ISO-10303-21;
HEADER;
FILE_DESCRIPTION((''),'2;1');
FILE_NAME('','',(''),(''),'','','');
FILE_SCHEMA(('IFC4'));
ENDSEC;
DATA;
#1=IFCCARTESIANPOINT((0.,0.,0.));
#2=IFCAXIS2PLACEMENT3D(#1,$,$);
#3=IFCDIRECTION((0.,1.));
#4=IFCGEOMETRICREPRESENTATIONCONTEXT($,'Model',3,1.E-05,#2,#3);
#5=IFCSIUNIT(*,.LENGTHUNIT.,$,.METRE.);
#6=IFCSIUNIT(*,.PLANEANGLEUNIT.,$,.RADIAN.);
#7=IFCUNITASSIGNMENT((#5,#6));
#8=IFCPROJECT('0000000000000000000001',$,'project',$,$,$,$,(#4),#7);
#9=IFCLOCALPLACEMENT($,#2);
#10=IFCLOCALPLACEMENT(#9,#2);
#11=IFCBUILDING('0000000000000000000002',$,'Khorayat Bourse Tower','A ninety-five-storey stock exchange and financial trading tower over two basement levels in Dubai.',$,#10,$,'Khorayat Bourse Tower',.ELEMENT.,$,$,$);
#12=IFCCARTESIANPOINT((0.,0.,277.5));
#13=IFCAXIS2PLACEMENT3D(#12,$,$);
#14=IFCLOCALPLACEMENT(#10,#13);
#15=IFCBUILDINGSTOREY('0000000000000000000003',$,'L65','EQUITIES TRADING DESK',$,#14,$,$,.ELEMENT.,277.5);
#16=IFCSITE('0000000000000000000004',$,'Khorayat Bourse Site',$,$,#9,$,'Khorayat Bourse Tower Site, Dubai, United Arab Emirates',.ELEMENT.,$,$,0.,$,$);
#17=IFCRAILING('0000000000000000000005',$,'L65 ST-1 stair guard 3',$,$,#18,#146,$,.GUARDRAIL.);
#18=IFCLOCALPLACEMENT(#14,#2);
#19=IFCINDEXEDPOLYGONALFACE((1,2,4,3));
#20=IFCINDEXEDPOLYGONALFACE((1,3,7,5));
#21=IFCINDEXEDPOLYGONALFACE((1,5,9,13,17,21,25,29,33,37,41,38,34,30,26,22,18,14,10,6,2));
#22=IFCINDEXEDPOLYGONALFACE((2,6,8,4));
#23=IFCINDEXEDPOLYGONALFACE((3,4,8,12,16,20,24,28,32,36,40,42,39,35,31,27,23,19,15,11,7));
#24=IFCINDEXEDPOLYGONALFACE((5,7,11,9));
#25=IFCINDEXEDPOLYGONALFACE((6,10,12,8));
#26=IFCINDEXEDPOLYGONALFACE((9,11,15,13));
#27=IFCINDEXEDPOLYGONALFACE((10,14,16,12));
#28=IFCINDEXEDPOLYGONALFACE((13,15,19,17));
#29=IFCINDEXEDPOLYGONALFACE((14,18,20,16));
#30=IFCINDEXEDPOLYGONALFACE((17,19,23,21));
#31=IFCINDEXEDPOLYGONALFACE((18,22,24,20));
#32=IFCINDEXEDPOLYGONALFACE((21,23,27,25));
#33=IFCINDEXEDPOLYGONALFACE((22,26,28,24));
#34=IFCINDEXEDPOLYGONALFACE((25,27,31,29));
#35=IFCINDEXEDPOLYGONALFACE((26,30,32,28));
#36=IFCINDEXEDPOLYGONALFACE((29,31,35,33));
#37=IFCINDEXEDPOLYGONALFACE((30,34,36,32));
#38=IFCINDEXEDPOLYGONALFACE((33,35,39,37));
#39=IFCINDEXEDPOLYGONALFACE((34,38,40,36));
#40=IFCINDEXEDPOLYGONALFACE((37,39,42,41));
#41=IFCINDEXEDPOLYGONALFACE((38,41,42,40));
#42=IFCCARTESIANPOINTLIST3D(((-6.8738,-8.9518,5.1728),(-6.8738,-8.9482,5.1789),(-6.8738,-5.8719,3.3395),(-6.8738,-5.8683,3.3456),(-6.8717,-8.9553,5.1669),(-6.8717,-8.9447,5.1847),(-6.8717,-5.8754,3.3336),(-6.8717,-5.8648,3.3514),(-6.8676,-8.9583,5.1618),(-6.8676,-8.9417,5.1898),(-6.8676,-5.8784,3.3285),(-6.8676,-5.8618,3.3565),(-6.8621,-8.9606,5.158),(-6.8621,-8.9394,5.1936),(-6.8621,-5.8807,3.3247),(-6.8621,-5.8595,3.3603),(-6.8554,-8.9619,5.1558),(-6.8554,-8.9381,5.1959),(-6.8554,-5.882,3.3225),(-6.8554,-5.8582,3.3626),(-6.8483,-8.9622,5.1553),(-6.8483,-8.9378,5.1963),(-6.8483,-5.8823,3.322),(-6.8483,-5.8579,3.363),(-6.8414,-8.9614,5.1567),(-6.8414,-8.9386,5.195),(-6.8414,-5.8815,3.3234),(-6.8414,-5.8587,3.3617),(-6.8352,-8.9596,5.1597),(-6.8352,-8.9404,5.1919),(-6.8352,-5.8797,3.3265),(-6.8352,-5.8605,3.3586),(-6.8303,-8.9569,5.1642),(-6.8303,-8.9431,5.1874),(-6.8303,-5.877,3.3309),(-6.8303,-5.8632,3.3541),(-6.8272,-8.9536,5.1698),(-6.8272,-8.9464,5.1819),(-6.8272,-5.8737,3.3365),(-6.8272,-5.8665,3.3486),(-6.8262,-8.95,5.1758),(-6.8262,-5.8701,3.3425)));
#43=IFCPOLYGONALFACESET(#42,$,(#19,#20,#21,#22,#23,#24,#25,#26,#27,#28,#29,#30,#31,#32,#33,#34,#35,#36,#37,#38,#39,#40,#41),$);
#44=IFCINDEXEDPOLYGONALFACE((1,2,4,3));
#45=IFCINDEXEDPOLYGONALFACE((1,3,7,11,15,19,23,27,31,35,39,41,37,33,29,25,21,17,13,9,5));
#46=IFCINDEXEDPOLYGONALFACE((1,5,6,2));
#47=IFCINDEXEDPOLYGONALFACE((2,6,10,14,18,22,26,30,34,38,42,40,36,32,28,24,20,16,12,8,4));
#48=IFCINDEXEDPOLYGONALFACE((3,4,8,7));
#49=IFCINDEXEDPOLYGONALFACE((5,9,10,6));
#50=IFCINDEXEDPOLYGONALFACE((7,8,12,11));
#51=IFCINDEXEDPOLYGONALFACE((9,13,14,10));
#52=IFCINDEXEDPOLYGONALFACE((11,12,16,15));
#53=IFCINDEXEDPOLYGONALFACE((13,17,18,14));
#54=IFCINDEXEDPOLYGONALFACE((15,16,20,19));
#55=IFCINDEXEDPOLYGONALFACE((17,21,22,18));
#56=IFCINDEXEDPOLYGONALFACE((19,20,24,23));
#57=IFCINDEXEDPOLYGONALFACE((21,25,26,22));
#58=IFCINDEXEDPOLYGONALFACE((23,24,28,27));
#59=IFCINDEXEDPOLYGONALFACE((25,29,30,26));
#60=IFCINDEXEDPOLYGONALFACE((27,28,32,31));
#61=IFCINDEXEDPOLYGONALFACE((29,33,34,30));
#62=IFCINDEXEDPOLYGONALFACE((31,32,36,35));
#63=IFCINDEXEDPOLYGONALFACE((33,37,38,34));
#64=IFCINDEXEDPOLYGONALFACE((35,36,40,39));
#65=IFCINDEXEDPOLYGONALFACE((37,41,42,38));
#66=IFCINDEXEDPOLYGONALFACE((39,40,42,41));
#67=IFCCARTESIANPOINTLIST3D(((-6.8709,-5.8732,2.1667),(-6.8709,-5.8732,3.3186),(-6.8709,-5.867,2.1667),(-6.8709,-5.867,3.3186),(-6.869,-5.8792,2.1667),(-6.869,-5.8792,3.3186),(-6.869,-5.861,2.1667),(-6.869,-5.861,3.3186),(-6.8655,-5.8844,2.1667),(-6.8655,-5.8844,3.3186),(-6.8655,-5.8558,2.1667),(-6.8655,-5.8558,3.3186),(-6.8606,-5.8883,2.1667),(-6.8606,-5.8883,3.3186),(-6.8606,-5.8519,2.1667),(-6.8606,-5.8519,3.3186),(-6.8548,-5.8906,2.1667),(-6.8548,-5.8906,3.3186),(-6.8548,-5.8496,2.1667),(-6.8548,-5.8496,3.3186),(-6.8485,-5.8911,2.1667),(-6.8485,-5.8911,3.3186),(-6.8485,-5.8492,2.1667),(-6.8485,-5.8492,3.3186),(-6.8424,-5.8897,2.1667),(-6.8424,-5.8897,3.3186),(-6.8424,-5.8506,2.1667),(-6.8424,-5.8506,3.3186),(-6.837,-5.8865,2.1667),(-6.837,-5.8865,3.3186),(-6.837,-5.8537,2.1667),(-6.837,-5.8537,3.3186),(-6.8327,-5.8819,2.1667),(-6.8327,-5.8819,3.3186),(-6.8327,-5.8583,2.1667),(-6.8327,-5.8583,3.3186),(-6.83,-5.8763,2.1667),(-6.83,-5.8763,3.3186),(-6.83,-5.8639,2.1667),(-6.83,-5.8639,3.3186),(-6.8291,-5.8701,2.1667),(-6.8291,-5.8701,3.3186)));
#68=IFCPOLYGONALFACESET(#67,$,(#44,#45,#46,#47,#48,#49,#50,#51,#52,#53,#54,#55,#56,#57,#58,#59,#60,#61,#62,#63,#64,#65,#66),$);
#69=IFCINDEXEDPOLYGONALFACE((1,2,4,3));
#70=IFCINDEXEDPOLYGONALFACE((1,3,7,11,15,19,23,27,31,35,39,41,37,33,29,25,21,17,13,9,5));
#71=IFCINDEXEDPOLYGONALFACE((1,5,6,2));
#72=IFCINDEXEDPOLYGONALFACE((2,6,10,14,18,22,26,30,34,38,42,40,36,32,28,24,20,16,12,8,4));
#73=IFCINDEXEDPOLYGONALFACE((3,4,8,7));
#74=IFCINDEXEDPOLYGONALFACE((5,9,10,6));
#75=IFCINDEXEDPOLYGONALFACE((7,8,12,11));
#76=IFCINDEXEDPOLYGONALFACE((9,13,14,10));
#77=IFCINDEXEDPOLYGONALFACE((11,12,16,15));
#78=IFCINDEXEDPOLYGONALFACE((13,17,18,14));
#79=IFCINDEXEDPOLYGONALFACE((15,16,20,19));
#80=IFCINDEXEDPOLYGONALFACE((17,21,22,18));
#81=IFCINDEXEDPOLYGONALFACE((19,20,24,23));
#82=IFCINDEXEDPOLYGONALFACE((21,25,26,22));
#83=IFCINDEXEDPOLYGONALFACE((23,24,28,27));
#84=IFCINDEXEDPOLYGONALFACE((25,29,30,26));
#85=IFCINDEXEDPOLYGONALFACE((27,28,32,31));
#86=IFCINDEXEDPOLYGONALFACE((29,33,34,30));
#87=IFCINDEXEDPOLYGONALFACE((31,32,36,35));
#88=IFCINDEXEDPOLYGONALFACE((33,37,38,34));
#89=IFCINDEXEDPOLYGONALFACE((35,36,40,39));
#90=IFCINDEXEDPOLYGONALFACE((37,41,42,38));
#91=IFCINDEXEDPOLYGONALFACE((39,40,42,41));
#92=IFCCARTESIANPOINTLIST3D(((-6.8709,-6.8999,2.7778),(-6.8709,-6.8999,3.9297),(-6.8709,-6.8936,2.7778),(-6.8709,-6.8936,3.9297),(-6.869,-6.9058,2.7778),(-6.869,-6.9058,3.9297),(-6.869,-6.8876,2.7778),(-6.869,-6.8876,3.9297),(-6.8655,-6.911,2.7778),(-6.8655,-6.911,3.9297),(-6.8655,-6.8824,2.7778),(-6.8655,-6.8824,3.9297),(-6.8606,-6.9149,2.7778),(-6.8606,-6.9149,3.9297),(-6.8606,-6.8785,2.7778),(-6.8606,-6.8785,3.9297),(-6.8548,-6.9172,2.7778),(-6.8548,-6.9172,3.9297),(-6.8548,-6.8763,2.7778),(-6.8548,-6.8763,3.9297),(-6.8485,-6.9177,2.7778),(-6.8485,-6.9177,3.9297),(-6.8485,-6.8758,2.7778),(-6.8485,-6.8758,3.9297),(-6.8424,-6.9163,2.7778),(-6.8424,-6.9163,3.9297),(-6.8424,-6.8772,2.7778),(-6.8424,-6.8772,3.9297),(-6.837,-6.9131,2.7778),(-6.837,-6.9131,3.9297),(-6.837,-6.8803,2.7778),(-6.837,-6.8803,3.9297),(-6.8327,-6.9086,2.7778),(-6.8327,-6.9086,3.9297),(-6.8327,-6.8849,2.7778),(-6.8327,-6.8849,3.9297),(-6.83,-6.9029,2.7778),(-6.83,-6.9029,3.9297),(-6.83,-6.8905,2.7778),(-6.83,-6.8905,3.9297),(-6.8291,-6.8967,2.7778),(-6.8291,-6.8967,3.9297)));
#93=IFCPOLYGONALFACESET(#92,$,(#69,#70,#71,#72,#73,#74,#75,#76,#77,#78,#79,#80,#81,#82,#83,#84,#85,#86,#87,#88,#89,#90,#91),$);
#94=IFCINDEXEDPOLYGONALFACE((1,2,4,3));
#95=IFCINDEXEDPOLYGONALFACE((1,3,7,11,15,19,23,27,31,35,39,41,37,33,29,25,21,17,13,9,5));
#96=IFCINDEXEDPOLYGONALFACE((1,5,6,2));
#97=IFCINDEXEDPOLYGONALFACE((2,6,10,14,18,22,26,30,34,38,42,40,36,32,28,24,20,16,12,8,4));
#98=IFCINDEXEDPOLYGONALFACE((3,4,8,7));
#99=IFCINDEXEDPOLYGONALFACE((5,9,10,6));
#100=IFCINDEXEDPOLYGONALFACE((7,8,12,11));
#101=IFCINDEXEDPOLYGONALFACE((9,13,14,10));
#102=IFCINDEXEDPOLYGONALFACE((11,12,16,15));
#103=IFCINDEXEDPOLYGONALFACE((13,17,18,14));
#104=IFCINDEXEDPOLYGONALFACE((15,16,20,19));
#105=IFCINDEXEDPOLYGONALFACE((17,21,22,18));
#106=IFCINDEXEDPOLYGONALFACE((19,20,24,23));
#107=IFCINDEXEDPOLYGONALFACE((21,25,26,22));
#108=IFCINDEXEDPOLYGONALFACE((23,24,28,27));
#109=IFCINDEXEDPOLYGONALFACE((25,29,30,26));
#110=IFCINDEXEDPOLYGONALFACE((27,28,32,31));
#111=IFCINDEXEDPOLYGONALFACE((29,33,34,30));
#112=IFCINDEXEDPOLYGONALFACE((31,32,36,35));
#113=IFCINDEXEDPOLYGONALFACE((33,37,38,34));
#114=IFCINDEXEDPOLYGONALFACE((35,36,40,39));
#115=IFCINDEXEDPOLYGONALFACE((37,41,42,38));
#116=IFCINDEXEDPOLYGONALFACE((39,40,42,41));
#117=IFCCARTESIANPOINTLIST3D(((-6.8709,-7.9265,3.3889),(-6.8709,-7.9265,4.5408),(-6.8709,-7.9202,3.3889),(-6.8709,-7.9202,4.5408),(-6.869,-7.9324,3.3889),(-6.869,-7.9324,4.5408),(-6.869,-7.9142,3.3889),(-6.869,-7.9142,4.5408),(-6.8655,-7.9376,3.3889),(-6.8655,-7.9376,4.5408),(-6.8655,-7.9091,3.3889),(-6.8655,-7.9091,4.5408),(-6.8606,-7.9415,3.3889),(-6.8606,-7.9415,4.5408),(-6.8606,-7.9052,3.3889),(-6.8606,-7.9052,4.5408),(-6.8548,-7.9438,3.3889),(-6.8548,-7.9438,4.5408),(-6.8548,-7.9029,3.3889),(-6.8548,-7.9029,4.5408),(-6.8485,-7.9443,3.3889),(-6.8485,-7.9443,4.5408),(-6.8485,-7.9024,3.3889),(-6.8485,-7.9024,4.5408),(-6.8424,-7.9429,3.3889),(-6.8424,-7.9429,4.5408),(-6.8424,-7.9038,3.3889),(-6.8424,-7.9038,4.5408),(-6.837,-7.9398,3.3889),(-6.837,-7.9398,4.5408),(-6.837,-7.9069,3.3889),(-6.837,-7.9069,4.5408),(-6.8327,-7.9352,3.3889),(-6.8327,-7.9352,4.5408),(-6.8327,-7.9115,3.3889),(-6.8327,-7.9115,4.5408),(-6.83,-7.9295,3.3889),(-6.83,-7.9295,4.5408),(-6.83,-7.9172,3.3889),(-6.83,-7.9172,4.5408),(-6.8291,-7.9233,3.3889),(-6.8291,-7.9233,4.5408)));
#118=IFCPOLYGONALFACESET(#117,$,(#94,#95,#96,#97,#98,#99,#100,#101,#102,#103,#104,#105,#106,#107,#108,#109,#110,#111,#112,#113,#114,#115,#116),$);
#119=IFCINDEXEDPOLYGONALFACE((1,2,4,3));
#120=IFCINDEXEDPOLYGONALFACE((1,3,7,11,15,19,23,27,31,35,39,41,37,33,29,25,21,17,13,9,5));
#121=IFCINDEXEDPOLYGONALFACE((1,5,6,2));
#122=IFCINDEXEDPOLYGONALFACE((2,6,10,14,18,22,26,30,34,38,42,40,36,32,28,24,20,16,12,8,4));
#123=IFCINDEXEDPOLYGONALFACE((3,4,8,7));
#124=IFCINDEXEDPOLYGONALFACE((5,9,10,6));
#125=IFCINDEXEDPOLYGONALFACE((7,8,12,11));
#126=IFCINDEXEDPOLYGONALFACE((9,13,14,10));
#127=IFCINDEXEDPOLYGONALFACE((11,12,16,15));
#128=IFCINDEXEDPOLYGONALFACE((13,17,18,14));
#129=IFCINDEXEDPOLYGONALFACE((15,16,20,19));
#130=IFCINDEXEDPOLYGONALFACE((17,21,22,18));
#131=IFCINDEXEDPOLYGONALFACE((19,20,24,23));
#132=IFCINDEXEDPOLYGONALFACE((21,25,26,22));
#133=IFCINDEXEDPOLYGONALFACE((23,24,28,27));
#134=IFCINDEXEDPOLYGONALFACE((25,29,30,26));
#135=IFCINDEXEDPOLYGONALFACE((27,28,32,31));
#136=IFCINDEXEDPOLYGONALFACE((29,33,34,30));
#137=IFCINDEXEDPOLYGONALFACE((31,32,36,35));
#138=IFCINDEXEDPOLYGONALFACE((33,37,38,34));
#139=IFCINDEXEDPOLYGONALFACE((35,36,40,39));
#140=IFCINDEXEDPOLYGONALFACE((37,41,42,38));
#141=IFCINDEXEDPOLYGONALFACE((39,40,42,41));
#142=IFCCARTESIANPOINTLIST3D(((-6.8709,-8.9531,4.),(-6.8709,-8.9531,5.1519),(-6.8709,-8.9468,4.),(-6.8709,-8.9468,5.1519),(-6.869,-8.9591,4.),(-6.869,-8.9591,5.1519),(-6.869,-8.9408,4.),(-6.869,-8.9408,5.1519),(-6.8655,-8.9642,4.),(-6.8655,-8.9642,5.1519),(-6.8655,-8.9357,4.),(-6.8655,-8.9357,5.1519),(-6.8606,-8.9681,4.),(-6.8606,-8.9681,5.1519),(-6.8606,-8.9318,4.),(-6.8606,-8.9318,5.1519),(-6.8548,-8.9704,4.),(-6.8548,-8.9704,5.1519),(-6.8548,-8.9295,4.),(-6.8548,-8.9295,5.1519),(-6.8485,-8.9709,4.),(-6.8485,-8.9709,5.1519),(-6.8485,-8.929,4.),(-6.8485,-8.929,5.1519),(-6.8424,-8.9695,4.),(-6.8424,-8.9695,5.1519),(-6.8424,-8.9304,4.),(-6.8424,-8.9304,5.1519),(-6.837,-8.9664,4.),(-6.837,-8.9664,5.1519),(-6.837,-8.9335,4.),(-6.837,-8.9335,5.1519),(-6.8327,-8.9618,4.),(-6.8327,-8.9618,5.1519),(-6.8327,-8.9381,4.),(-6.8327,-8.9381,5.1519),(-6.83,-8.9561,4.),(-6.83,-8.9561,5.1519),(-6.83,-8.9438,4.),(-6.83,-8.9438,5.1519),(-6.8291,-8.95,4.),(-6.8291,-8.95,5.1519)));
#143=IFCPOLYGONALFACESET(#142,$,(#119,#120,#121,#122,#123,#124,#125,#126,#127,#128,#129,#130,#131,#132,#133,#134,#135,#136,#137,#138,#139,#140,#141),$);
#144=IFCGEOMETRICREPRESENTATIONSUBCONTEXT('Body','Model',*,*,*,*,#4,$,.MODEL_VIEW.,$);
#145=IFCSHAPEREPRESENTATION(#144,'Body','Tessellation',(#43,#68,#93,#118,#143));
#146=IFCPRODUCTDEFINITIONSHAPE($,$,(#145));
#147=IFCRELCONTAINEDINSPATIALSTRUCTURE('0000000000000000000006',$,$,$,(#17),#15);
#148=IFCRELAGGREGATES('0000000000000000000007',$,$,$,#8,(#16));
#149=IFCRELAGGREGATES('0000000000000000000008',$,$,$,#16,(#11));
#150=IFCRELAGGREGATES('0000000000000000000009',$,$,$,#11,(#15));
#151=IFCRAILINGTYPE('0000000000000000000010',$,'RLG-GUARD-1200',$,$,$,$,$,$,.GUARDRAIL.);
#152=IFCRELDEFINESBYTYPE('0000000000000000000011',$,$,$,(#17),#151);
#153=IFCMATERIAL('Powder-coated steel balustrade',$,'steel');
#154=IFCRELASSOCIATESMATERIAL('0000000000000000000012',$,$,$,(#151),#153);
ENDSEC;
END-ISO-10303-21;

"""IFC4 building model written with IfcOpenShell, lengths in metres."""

from ifc_helpers import new_model, si_unit, direction, frame, origin, origin_2d, place, context, subcontext, project, spatial, circle, extrude, source, transform, mapped, material, type_object, element, save


model = new_model("IFC4")

# Units and contexts
model_context = context("Model", 3, precision=1e-05, world=origin(), true_north=direction((0.0, 1.0)))
body_context = subcontext(model_context, "Body", "Model", "MODEL_VIEW")
ifc_project = project(units=[si_unit("LENGTHUNIT", "METRE"), si_unit("PLANEANGLEUNIT", "RADIAN")], contexts=[model_context])

# Site, building, storey
site_placement = place(None, origin())
site = spatial("IfcSite", under=ifc_project, at=site_placement, Name="Khorayat Bourse Site", LongName="Khorayat Bourse Tower Site, Dubai, United Arab Emirates", CompositionType="ELEMENT", RefElevation=0.0)
building_placement = place(site_placement, origin())
building = spatial("IfcBuilding", under=site, at=building_placement, Name="Khorayat Bourse Tower", Description="A ninety-five-storey stock exchange and financial trading tower over two basement levels in Dubai.", LongName="Khorayat Bourse Tower", CompositionType="ELEMENT")
storey_placement = place(building_placement, frame((0.0, 0.0, 277.5)))
storey = spatial("IfcBuildingStorey", under=building, at=storey_placement, Name="L65", Description="EQUITIES TRADING DESK", CompositionType="ELEMENT", Elevation=277.5)

# Railing
ifc_material_1 = material(Name="Powder-coated steel balustrade", Category="steel")
railing_type_1 = type_object("IfcRailingType", Name="RLG-GUARD-1200", PredefinedType="GUARDRAIL", material=ifc_material_1)
shared_shape_1 = source(origin(), body_context, "Body", "SweptSolid", [
    extrude(circle(Radius=0.0239, at=origin_2d()), frame((0.0, 0.0, 1.1758), z_axis=(0.0, -0.859291, 0.511487), x_axis=(1.0, 0.0, 0.0)), (0.0, 0.0, 1.0), 3.5842),
    extrude(circle(Radius=0.021, at=origin_2d()), origin(), (0.0, 0.0, 1.0), 1.1519),
    extrude(circle(Radius=0.021, at=origin_2d()), frame((0.0, -1.0266, 0.6111)), (0.0, 0.0, 1.0), 1.1519),
    extrude(circle(Radius=0.021, at=origin_2d()), frame((0.0, -2.0532, 1.2222)), (0.0, 0.0, 1.0), 1.1519),
    extrude(circle(Radius=0.021, at=origin_2d()), frame((0.0, -3.0798, 1.8333)), (0.0, 0.0, 1.0), 1.1519),
])
railing_1_placement = place(storey_placement, frame((-6.8501, -5.8701, 2.1667)))
element("IfcRailing", 1, at=railing_1_placement, inside=storey, type_object=railing_type_1, Name="L65 ST-1 stair guard 3", PredefinedType="GUARDRAIL", context=body_context, shape_type="MappedRepresentation", body=[
    mapped(shared_shape_1, transform((0.0, 0.0, 0.0), scale=1.0)),
])

save(model, "model.ifc")
